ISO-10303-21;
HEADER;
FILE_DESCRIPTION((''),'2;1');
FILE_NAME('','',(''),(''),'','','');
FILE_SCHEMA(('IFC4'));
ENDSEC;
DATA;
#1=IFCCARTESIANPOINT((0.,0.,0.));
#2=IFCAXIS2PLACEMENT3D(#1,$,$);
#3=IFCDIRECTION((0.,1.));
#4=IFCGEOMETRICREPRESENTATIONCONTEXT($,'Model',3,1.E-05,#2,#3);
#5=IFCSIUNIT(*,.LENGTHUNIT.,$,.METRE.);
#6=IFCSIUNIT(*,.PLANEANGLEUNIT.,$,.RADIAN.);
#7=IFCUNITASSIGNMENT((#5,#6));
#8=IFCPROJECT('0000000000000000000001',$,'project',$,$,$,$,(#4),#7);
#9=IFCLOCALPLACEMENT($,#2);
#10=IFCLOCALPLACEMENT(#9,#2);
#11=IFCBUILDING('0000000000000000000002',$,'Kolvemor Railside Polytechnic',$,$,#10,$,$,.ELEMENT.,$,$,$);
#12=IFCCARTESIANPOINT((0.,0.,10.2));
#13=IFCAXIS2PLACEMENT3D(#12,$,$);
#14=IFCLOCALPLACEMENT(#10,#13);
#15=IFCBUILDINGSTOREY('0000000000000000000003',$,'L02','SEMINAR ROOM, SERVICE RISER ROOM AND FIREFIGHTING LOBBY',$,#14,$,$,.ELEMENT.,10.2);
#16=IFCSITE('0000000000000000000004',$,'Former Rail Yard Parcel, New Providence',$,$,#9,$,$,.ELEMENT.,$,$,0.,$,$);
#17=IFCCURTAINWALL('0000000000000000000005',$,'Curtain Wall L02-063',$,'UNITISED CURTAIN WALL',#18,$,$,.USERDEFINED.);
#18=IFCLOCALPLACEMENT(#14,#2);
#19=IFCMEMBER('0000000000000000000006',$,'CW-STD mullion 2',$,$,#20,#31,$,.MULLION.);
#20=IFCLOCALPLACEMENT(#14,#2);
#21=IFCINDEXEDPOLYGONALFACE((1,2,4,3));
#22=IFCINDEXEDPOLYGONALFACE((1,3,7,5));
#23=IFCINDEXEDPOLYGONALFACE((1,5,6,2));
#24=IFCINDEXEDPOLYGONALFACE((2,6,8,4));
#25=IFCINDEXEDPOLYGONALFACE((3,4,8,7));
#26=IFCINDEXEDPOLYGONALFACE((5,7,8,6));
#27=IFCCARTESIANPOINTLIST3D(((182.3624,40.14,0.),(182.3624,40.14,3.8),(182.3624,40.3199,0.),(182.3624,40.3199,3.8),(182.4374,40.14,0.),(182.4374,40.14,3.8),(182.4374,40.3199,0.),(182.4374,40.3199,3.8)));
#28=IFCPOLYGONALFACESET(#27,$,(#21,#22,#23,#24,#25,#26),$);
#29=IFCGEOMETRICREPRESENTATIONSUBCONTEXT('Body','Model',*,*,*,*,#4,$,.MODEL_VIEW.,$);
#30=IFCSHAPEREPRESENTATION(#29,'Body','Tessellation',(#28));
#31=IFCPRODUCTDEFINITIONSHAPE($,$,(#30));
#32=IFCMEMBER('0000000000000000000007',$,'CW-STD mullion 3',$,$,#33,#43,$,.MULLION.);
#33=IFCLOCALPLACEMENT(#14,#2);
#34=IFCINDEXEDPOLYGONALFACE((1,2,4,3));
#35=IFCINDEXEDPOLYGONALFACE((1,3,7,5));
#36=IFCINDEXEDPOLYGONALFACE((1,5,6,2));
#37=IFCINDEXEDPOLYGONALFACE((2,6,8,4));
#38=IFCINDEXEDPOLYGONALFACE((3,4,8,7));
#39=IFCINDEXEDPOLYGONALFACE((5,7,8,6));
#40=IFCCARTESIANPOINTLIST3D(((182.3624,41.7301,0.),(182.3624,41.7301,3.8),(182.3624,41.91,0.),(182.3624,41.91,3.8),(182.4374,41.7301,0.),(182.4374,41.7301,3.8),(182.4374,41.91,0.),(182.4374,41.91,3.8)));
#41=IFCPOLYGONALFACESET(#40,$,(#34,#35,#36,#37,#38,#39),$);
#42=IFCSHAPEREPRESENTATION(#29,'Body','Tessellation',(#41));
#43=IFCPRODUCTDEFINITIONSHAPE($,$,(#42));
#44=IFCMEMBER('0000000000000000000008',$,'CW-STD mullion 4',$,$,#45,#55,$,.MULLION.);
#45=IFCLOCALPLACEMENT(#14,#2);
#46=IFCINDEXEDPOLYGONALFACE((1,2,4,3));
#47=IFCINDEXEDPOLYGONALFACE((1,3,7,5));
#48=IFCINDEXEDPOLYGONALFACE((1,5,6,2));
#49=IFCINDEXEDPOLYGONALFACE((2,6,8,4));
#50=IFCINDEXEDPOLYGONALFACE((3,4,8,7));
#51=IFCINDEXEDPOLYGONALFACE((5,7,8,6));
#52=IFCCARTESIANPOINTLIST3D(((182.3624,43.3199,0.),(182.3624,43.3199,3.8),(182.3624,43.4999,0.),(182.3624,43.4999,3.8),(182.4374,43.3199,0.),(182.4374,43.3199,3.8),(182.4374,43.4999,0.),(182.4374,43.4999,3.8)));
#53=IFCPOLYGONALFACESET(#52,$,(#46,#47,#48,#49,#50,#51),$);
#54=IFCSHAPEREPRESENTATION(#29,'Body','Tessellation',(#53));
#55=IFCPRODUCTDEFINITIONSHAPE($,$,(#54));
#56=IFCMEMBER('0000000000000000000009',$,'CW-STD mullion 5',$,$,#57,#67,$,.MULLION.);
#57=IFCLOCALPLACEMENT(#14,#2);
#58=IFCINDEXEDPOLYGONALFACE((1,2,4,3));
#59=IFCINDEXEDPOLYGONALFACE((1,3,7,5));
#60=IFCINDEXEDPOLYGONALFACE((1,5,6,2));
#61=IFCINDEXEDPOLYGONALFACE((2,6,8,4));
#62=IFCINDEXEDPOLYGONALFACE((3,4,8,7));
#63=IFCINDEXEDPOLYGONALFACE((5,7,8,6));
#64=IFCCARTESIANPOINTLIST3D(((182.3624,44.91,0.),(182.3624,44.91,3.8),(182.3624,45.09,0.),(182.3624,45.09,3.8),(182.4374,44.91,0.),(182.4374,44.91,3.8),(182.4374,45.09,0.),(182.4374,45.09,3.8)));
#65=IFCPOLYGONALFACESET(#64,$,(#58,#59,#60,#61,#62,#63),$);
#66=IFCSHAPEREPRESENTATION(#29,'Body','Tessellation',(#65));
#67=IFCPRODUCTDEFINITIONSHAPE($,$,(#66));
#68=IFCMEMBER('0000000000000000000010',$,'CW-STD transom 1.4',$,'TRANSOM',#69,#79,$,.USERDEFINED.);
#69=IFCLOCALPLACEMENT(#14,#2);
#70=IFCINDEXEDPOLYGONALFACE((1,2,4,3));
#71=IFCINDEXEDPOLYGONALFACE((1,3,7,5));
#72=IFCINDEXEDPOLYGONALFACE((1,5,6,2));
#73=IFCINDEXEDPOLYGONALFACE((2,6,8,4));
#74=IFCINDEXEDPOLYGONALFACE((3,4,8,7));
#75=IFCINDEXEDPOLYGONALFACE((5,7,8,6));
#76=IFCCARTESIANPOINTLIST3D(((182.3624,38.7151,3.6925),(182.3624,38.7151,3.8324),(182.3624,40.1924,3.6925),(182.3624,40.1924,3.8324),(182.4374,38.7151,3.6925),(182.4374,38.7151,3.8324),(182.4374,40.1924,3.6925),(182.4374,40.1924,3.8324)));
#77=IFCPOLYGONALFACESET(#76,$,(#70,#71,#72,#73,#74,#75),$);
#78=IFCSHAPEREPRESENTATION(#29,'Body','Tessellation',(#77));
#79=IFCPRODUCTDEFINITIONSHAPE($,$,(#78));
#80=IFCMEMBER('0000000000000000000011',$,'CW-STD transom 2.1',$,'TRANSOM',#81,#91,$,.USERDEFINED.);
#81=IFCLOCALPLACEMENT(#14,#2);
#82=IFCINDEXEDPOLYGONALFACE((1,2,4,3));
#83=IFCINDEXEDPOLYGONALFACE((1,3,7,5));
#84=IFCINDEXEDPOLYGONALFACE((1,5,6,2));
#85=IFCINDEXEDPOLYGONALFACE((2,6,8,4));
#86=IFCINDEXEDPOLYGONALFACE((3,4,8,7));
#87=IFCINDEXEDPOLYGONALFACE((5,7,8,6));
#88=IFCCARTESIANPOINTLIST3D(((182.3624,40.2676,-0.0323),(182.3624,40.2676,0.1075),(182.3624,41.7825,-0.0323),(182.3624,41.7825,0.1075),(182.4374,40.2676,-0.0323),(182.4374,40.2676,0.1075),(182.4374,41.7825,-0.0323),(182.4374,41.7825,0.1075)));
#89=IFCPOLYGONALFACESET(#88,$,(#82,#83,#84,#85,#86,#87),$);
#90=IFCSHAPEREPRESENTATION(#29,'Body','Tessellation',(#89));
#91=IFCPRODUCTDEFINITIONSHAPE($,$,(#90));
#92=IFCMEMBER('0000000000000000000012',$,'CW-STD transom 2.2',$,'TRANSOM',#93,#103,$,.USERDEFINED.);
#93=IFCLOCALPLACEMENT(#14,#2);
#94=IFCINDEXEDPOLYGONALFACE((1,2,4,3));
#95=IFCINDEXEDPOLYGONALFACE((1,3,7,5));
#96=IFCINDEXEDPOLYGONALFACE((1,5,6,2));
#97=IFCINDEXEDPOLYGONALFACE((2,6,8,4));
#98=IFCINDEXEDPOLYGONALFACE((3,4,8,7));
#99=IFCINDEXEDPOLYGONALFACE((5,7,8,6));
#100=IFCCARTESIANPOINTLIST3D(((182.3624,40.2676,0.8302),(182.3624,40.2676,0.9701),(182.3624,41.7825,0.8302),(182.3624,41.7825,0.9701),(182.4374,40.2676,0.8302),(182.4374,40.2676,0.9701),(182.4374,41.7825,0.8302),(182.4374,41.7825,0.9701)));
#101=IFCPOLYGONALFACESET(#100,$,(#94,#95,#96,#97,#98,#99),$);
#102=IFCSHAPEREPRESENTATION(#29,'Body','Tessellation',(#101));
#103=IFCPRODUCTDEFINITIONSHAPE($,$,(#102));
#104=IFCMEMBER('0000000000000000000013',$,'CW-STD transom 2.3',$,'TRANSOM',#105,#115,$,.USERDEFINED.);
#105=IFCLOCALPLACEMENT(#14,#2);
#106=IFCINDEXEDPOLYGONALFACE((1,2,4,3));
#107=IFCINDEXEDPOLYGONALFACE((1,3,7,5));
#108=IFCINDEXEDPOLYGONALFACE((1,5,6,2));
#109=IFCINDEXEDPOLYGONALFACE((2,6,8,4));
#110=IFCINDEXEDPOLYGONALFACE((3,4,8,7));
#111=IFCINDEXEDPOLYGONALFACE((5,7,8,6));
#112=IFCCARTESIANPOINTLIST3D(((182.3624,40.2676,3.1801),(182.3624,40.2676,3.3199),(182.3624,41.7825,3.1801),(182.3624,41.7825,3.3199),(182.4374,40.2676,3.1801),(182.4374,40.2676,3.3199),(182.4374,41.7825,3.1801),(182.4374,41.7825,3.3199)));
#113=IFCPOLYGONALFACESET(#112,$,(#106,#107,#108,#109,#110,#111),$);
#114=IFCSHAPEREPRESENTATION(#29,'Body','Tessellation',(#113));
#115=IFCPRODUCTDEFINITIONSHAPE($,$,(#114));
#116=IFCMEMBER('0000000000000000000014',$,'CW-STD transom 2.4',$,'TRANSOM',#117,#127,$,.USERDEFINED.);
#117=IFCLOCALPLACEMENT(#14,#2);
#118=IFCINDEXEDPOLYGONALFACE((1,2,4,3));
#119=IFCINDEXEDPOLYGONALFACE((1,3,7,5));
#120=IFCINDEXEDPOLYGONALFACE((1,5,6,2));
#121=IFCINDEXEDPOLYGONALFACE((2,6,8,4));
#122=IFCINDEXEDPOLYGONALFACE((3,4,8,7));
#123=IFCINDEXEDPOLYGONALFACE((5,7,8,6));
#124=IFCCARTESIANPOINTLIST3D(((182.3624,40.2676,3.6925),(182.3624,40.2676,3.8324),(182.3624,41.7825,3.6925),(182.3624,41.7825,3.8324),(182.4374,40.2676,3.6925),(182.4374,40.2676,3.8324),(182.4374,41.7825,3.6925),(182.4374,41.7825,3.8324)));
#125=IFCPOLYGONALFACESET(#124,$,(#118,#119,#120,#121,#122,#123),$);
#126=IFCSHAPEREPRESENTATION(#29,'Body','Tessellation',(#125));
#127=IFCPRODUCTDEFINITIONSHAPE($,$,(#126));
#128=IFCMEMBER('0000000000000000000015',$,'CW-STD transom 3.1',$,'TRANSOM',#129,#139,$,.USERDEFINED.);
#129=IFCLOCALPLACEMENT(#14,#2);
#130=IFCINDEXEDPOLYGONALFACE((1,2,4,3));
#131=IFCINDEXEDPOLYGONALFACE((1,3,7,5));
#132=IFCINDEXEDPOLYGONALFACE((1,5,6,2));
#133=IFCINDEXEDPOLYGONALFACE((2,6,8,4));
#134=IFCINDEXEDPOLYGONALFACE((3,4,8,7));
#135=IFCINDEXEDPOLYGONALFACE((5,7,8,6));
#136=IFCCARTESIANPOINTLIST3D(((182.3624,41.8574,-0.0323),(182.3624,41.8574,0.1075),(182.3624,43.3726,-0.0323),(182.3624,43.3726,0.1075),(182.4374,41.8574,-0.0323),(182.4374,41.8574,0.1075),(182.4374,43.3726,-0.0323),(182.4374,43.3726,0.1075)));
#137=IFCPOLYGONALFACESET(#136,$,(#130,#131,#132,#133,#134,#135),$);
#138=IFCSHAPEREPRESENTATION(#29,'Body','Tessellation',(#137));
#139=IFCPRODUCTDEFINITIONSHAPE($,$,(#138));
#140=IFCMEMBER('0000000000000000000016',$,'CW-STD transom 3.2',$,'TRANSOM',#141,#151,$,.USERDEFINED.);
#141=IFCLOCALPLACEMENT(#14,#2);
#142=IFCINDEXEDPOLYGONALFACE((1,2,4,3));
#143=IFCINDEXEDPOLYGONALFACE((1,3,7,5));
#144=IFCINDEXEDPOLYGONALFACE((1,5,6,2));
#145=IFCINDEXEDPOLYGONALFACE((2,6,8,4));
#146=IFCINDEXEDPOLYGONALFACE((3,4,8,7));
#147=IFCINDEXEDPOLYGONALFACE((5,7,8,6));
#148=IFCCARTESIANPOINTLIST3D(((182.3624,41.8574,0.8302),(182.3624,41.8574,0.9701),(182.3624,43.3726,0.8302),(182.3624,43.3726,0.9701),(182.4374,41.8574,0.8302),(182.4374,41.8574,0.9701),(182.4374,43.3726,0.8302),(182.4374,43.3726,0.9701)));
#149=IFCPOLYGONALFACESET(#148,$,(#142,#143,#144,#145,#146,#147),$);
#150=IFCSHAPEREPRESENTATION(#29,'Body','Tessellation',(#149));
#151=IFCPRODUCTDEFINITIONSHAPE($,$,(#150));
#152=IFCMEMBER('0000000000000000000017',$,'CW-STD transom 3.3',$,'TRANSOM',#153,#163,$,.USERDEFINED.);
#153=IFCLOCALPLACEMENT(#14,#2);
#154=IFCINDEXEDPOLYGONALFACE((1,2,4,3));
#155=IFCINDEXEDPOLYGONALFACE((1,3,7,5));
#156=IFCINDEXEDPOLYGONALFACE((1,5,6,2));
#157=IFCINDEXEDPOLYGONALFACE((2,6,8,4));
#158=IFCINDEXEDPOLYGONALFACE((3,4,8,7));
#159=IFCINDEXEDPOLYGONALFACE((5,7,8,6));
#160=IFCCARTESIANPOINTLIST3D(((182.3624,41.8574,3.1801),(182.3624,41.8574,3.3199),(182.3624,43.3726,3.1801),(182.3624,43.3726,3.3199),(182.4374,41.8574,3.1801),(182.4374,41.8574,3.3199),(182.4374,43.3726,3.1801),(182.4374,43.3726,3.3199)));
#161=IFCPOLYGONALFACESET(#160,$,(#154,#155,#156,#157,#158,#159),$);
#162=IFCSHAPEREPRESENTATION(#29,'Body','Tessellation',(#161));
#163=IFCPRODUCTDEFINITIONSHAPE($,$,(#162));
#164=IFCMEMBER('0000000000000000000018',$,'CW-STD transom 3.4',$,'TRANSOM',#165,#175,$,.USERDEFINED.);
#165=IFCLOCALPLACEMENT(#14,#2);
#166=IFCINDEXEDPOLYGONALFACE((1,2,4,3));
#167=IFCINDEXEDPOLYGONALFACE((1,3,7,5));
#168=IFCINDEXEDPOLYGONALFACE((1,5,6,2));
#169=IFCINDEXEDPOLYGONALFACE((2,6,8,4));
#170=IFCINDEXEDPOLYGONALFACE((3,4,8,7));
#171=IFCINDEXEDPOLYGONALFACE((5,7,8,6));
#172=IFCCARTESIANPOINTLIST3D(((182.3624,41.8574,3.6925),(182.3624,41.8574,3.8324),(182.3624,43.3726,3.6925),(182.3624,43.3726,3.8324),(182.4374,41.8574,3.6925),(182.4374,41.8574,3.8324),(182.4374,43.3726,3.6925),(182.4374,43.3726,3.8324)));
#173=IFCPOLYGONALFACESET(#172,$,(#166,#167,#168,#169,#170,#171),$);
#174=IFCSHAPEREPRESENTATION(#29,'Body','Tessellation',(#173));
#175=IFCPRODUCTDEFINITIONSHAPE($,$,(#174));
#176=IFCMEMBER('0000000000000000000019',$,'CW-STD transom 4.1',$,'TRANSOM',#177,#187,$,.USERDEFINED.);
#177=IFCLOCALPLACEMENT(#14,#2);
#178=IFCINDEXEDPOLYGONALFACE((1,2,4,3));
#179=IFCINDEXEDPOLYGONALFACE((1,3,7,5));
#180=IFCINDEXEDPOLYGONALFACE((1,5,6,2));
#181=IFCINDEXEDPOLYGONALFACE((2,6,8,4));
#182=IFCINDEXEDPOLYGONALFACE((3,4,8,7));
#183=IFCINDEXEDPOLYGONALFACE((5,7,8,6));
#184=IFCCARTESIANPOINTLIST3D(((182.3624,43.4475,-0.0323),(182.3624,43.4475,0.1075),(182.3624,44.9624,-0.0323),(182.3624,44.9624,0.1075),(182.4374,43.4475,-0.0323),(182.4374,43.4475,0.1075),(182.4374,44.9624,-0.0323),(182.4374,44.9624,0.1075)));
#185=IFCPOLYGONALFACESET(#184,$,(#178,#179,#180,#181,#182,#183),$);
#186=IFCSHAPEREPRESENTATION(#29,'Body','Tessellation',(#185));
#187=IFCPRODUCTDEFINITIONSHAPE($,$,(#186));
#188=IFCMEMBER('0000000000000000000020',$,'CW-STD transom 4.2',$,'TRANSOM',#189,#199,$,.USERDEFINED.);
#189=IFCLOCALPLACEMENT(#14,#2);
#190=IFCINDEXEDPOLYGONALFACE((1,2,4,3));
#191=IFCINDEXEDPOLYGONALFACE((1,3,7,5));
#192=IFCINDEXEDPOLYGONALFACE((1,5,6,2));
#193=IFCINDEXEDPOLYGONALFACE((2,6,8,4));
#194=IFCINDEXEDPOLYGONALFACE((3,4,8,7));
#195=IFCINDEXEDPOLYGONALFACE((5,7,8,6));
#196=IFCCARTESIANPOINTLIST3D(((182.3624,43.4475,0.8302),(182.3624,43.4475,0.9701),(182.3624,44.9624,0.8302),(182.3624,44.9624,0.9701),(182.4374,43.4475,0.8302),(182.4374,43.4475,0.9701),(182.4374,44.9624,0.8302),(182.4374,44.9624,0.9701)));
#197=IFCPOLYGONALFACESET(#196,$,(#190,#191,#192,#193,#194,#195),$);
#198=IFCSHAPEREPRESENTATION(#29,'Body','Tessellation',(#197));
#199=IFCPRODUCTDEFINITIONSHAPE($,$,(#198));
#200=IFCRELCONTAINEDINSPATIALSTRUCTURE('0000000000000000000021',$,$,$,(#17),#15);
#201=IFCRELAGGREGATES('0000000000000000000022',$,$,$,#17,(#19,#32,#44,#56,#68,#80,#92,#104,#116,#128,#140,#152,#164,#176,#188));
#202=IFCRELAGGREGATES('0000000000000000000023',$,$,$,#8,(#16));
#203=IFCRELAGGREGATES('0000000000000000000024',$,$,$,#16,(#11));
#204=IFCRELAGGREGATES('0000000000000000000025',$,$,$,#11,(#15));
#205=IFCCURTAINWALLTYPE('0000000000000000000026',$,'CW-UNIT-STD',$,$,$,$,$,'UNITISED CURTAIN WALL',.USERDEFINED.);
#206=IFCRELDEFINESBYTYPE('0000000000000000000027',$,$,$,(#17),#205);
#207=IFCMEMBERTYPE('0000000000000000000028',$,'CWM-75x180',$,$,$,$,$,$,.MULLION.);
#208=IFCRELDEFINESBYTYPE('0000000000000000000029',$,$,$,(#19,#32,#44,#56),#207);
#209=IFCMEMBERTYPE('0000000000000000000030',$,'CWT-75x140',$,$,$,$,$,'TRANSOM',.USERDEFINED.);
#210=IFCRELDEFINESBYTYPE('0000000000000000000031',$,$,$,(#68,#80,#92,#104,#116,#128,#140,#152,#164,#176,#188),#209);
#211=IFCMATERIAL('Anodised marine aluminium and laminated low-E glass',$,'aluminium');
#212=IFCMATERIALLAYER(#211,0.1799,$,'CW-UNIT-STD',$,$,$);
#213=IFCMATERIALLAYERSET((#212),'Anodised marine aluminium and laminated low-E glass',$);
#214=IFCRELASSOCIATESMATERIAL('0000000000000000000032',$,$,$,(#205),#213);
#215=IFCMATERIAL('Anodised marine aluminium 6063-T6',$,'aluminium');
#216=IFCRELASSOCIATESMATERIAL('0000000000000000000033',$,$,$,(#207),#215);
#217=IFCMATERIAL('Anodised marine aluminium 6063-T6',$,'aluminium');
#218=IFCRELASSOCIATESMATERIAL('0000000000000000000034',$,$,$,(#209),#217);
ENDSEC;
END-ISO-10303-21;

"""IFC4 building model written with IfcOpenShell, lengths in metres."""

from ifc_helpers import new_model, si_unit, direction, frame, origin, origin_2d, place, context, subcontext, project, spatial, rectangle, extrude, material, layer, layer_set, material_profile, profile_set, type_object, element, aggregate, save


model = new_model("IFC4")

# Units and contexts
model_context = context("Model", 3, precision=1e-05, world=origin(), true_north=direction((0.0, 1.0)))
body_context = subcontext(model_context, "Body", "Model", "MODEL_VIEW")
ifc_project = project(units=[si_unit("LENGTHUNIT", "METRE"), si_unit("PLANEANGLEUNIT", "RADIAN")], contexts=[model_context])

# Site, building, storey
site_placement = place(None, origin())
site = spatial("IfcSite", under=ifc_project, at=site_placement, Name="Former Rail Yard Parcel, New Providence", CompositionType="ELEMENT", RefElevation=0.0)
building_placement = place(site_placement, origin())
building = spatial("IfcBuilding", under=site, at=building_placement, Name="Kolvemor Railside Polytechnic", CompositionType="ELEMENT")
storey_placement = place(building_placement, frame((0.0, 0.0, 10.2)))
storey = spatial("IfcBuildingStorey", under=building, at=storey_placement, Name="L02", Description="SEMINAR ROOM, SERVICE RISER ROOM AND FIREFIGHTING LOBBY", CompositionType="ELEMENT", Elevation=10.2)

# Curtain wall, members
ifc_material_1 = material(Name="Anodised marine aluminium and laminated low-E glass", Category="aluminium")
ifc_layer_1 = layer(ifc_material_1, 0.1799, Name="CW-UNIT-STD")
ifc_layer_set_1 = layer_set([ifc_layer_1], Name="Anodised marine aluminium and laminated low-E glass")
curtain_wall_type = type_object("IfcCurtainWallType", Name="CW-UNIT-STD", ElementType="UNITISED CURTAIN WALL", PredefinedType="USERDEFINED", material=ifc_layer_set_1)
curtain_wall_placement = place(storey_placement, origin())
curtain_wall = element("IfcCurtainWall", 1, at=curtain_wall_placement, inside=storey, type_object=curtain_wall_type, Name="Curtain Wall L02-063", ObjectType="UNITISED CURTAIN WALL", PredefinedType="USERDEFINED")
ifc_material_2 = material(Name="Anodised marine aluminium 6063-T6", Category="aluminium")
ifc_material_profile_1 = material_profile(ifc_material_2, rectangle(XDim=0.075, YDim=0.1799, at=origin_2d()), Name="CW-MUL-75x180")
ifc_profile_set_1 = profile_set([ifc_material_profile_1], Name="Anodised marine aluminium 6063-T6")
member_type_1 = type_object("IfcMemberType", Name="CWM-75x180", PredefinedType="MULLION", material=ifc_profile_set_1)
member_1_placement = place(storey_placement, frame((182.3999, 40.23, 0.0), z_axis=(0.0, 0.0, 1.0), x_axis=(-1.0, 0.0, 0.0)))
member_1 = element("IfcMember", 2, at=member_1_placement, type_object=member_type_1, Name="CW-STD mullion 2", PredefinedType="MULLION", context=body_context, shape_type="SweptSolid", body=[
    extrude(rectangle(XDim=0.075, YDim=0.1799, at=origin_2d()), origin(), (0.0, 0.0, 1.0), 3.8),
])
member_2_placement = place(storey_placement, frame((182.3999, 41.8201, 0.0), z_axis=(0.0, 0.0, 1.0), x_axis=(-1.0, 0.0, 0.0)))
member_2 = element("IfcMember", 3, at=member_2_placement, type_object=member_type_1, Name="CW-STD mullion 3", PredefinedType="MULLION", context=body_context, shape_type="SweptSolid", body=[
    extrude(rectangle(XDim=0.075, YDim=0.1799, at=origin_2d()), origin(), (0.0, 0.0, 1.0), 3.8),
])
member_3_placement = place(storey_placement, frame((182.3999, 43.4099, 0.0), z_axis=(0.0, 0.0, 1.0), x_axis=(-1.0, 0.0, 0.0)))
member_3 = element("IfcMember", 4, at=member_3_placement, type_object=member_type_1, Name="CW-STD mullion 4", PredefinedType="MULLION", context=body_context, shape_type="SweptSolid", body=[
    extrude(rectangle(XDim=0.075, YDim=0.1799, at=origin_2d()), origin(), (0.0, 0.0, 1.0), 3.8),
])
member_4_placement = place(storey_placement, frame((182.3999, 45.0, 0.0), z_axis=(0.0, 0.0, 1.0), x_axis=(-1.0, 0.0, 0.0)))
member_4 = element("IfcMember", 5, at=member_4_placement, type_object=member_type_1, Name="CW-STD mullion 5", PredefinedType="MULLION", context=body_context, shape_type="SweptSolid", body=[
    extrude(rectangle(XDim=0.075, YDim=0.1799, at=origin_2d()), origin(), (0.0, 0.0, 1.0), 3.8),
])
ifc_material_3 = material(Name="Anodised marine aluminium 6063-T6", Category="aluminium")
ifc_material_profile_2 = material_profile(ifc_material_3, rectangle(XDim=0.075, YDim=0.1399, at=origin_2d()), Name="CW-TRN-75x140")
ifc_profile_set_2 = profile_set([ifc_material_profile_2], Name="Anodised marine aluminium 6063-T6")
member_type_2 = type_object("IfcMemberType", Name="CWT-75x140", ElementType="TRANSOM", PredefinedType="USERDEFINED", material=ifc_profile_set_2)
member_5_placement = place(storey_placement, frame((182.3999, 38.7151, 3.7625), z_axis=(0.0, 1.0, 0.0), x_axis=(-1.0, 0.0, 0.0)))
member_5 = element("IfcMember", 6, at=member_5_placement, type_object=member_type_2, Name="CW-STD transom 1.4", ObjectType="TRANSOM", PredefinedType="USERDEFINED", context=body_context, shape_type="SweptSolid", body=[
    extrude(rectangle(XDim=0.075, YDim=0.1399, at=origin_2d()), origin(), (0.0, 0.0, 1.0), 1.4773),
])
member_6_placement = place(storey_placement, frame((182.3999, 40.2676, 0.0376), z_axis=(0.0, 1.0, 0.0), x_axis=(-1.0, 0.0, 0.0)))
member_6 = element("IfcMember", 7, at=member_6_placement, type_object=member_type_2, Name="CW-STD transom 2.1", ObjectType="TRANSOM", PredefinedType="USERDEFINED", context=body_context, shape_type="SweptSolid", body=[
    extrude(rectangle(XDim=0.075, YDim=0.1399, at=origin_2d()), origin(), (0.0, 0.0, 1.0), 1.5149),
])
member_7_placement = place(storey_placement, frame((182.3999, 40.2676, 0.9001), z_axis=(0.0, 1.0, 0.0), x_axis=(-1.0, 0.0, 0.0)))
member_7 = element("IfcMember", 8, at=member_7_placement, type_object=member_type_2, Name="CW-STD transom 2.2", ObjectType="TRANSOM", PredefinedType="USERDEFINED", context=body_context, shape_type="SweptSolid", body=[
    extrude(rectangle(XDim=0.075, YDim=0.1399, at=origin_2d()), origin(), (0.0, 0.0, 1.0), 1.5149),
])
member_8_placement = place(storey_placement, frame((182.3999, 40.2676, 3.25), z_axis=(0.0, 1.0, 0.0), x_axis=(-1.0, 0.0, 0.0)))
member_8 = element("IfcMember", 9, at=member_8_placement, type_object=member_type_2, Name="CW-STD transom 2.3", ObjectType="TRANSOM", PredefinedType="USERDEFINED", context=body_context, shape_type="SweptSolid", body=[
    extrude(rectangle(XDim=0.075, YDim=0.1399, at=origin_2d()), origin(), (0.0, 0.0, 1.0), 1.5149),
])
member_9_placement = place(storey_placement, frame((182.3999, 40.2676, 3.7625), z_axis=(0.0, 1.0, 0.0), x_axis=(-1.0, 0.0, 0.0)))
member_9 = element("IfcMember", 10, at=member_9_placement, type_object=member_type_2, Name="CW-STD transom 2.4", ObjectType="TRANSOM", PredefinedType="USERDEFINED", context=body_context, shape_type="SweptSolid", body=[
    extrude(rectangle(XDim=0.075, YDim=0.1399, at=origin_2d()), origin(), (0.0, 0.0, 1.0), 1.5149),
])
member_10_placement = place(storey_placement, frame((182.3999, 41.8574, 0.0376), z_axis=(0.0, 1.0, 0.0), x_axis=(-1.0, 0.0, 0.0)))
member_10 = element("IfcMember", 11, at=member_10_placement, type_object=member_type_2, Name="CW-STD transom 3.1", ObjectType="TRANSOM", PredefinedType="USERDEFINED", context=body_context, shape_type="SweptSolid", body=[
    extrude(rectangle(XDim=0.075, YDim=0.1399, at=origin_2d()), origin(), (0.0, 0.0, 1.0), 1.5151),
])
member_11_placement = place(storey_placement, frame((182.3999, 41.8574, 0.9001), z_axis=(0.0, 1.0, 0.0), x_axis=(-1.0, 0.0, 0.0)))
member_11 = element("IfcMember", 12, at=member_11_placement, type_object=member_type_2, Name="CW-STD transom 3.2", ObjectType="TRANSOM", PredefinedType="USERDEFINED", context=body_context, shape_type="SweptSolid", body=[
    extrude(rectangle(XDim=0.075, YDim=0.1399, at=origin_2d()), origin(), (0.0, 0.0, 1.0), 1.5151),
])
member_12_placement = place(storey_placement, frame((182.3999, 41.8574, 3.25), z_axis=(0.0, 1.0, 0.0), x_axis=(-1.0, 0.0, 0.0)))
member_12 = element("IfcMember", 13, at=member_12_placement, type_object=member_type_2, Name="CW-STD transom 3.3", ObjectType="TRANSOM", PredefinedType="USERDEFINED", context=body_context, shape_type="SweptSolid", body=[
    extrude(rectangle(XDim=0.075, YDim=0.1399, at=origin_2d()), origin(), (0.0, 0.0, 1.0), 1.5151),
])
member_13_placement = place(storey_placement, frame((182.3999, 41.8574, 3.7625), z_axis=(0.0, 1.0, 0.0), x_axis=(-1.0, 0.0, 0.0)))
member_13 = element("IfcMember", 14, at=member_13_placement, type_object=member_type_2, Name="CW-STD transom 3.4", ObjectType="TRANSOM", PredefinedType="USERDEFINED", context=body_context, shape_type="SweptSolid", body=[
    extrude(rectangle(XDim=0.075, YDim=0.1399, at=origin_2d()), origin(), (0.0, 0.0, 1.0), 1.5151),
])
member_14_placement = place(storey_placement, frame((182.3999, 43.4475, 0.0376), z_axis=(0.0, 1.0, 0.0), x_axis=(-1.0, 0.0, 0.0)))
member_14 = element("IfcMember", 15, at=member_14_placement, type_object=member_type_2, Name="CW-STD transom 4.1", ObjectType="TRANSOM", PredefinedType="USERDEFINED", context=body_context, shape_type="SweptSolid", body=[
    extrude(rectangle(XDim=0.075, YDim=0.1399, at=origin_2d()), origin(), (0.0, 0.0, 1.0), 1.5149),
])
member_15_placement = place(storey_placement, frame((182.3999, 43.4475, 0.9001), z_axis=(0.0, 1.0, 0.0), x_axis=(-1.0, 0.0, 0.0)))
member_15 = element("IfcMember", 16, at=member_15_placement, type_object=member_type_2, Name="CW-STD transom 4.2", ObjectType="TRANSOM", PredefinedType="USERDEFINED", context=body_context, shape_type="SweptSolid", body=[
    extrude(rectangle(XDim=0.075, YDim=0.1399, at=origin_2d()), origin(), (0.0, 0.0, 1.0), 1.5149),
])
aggregate(curtain_wall, [member_1, member_2, member_3, member_4, member_5, member_6, member_7, member_8, member_9, member_10, member_11, member_12, member_13, member_14, member_15])

save(model, "model.ifc")
